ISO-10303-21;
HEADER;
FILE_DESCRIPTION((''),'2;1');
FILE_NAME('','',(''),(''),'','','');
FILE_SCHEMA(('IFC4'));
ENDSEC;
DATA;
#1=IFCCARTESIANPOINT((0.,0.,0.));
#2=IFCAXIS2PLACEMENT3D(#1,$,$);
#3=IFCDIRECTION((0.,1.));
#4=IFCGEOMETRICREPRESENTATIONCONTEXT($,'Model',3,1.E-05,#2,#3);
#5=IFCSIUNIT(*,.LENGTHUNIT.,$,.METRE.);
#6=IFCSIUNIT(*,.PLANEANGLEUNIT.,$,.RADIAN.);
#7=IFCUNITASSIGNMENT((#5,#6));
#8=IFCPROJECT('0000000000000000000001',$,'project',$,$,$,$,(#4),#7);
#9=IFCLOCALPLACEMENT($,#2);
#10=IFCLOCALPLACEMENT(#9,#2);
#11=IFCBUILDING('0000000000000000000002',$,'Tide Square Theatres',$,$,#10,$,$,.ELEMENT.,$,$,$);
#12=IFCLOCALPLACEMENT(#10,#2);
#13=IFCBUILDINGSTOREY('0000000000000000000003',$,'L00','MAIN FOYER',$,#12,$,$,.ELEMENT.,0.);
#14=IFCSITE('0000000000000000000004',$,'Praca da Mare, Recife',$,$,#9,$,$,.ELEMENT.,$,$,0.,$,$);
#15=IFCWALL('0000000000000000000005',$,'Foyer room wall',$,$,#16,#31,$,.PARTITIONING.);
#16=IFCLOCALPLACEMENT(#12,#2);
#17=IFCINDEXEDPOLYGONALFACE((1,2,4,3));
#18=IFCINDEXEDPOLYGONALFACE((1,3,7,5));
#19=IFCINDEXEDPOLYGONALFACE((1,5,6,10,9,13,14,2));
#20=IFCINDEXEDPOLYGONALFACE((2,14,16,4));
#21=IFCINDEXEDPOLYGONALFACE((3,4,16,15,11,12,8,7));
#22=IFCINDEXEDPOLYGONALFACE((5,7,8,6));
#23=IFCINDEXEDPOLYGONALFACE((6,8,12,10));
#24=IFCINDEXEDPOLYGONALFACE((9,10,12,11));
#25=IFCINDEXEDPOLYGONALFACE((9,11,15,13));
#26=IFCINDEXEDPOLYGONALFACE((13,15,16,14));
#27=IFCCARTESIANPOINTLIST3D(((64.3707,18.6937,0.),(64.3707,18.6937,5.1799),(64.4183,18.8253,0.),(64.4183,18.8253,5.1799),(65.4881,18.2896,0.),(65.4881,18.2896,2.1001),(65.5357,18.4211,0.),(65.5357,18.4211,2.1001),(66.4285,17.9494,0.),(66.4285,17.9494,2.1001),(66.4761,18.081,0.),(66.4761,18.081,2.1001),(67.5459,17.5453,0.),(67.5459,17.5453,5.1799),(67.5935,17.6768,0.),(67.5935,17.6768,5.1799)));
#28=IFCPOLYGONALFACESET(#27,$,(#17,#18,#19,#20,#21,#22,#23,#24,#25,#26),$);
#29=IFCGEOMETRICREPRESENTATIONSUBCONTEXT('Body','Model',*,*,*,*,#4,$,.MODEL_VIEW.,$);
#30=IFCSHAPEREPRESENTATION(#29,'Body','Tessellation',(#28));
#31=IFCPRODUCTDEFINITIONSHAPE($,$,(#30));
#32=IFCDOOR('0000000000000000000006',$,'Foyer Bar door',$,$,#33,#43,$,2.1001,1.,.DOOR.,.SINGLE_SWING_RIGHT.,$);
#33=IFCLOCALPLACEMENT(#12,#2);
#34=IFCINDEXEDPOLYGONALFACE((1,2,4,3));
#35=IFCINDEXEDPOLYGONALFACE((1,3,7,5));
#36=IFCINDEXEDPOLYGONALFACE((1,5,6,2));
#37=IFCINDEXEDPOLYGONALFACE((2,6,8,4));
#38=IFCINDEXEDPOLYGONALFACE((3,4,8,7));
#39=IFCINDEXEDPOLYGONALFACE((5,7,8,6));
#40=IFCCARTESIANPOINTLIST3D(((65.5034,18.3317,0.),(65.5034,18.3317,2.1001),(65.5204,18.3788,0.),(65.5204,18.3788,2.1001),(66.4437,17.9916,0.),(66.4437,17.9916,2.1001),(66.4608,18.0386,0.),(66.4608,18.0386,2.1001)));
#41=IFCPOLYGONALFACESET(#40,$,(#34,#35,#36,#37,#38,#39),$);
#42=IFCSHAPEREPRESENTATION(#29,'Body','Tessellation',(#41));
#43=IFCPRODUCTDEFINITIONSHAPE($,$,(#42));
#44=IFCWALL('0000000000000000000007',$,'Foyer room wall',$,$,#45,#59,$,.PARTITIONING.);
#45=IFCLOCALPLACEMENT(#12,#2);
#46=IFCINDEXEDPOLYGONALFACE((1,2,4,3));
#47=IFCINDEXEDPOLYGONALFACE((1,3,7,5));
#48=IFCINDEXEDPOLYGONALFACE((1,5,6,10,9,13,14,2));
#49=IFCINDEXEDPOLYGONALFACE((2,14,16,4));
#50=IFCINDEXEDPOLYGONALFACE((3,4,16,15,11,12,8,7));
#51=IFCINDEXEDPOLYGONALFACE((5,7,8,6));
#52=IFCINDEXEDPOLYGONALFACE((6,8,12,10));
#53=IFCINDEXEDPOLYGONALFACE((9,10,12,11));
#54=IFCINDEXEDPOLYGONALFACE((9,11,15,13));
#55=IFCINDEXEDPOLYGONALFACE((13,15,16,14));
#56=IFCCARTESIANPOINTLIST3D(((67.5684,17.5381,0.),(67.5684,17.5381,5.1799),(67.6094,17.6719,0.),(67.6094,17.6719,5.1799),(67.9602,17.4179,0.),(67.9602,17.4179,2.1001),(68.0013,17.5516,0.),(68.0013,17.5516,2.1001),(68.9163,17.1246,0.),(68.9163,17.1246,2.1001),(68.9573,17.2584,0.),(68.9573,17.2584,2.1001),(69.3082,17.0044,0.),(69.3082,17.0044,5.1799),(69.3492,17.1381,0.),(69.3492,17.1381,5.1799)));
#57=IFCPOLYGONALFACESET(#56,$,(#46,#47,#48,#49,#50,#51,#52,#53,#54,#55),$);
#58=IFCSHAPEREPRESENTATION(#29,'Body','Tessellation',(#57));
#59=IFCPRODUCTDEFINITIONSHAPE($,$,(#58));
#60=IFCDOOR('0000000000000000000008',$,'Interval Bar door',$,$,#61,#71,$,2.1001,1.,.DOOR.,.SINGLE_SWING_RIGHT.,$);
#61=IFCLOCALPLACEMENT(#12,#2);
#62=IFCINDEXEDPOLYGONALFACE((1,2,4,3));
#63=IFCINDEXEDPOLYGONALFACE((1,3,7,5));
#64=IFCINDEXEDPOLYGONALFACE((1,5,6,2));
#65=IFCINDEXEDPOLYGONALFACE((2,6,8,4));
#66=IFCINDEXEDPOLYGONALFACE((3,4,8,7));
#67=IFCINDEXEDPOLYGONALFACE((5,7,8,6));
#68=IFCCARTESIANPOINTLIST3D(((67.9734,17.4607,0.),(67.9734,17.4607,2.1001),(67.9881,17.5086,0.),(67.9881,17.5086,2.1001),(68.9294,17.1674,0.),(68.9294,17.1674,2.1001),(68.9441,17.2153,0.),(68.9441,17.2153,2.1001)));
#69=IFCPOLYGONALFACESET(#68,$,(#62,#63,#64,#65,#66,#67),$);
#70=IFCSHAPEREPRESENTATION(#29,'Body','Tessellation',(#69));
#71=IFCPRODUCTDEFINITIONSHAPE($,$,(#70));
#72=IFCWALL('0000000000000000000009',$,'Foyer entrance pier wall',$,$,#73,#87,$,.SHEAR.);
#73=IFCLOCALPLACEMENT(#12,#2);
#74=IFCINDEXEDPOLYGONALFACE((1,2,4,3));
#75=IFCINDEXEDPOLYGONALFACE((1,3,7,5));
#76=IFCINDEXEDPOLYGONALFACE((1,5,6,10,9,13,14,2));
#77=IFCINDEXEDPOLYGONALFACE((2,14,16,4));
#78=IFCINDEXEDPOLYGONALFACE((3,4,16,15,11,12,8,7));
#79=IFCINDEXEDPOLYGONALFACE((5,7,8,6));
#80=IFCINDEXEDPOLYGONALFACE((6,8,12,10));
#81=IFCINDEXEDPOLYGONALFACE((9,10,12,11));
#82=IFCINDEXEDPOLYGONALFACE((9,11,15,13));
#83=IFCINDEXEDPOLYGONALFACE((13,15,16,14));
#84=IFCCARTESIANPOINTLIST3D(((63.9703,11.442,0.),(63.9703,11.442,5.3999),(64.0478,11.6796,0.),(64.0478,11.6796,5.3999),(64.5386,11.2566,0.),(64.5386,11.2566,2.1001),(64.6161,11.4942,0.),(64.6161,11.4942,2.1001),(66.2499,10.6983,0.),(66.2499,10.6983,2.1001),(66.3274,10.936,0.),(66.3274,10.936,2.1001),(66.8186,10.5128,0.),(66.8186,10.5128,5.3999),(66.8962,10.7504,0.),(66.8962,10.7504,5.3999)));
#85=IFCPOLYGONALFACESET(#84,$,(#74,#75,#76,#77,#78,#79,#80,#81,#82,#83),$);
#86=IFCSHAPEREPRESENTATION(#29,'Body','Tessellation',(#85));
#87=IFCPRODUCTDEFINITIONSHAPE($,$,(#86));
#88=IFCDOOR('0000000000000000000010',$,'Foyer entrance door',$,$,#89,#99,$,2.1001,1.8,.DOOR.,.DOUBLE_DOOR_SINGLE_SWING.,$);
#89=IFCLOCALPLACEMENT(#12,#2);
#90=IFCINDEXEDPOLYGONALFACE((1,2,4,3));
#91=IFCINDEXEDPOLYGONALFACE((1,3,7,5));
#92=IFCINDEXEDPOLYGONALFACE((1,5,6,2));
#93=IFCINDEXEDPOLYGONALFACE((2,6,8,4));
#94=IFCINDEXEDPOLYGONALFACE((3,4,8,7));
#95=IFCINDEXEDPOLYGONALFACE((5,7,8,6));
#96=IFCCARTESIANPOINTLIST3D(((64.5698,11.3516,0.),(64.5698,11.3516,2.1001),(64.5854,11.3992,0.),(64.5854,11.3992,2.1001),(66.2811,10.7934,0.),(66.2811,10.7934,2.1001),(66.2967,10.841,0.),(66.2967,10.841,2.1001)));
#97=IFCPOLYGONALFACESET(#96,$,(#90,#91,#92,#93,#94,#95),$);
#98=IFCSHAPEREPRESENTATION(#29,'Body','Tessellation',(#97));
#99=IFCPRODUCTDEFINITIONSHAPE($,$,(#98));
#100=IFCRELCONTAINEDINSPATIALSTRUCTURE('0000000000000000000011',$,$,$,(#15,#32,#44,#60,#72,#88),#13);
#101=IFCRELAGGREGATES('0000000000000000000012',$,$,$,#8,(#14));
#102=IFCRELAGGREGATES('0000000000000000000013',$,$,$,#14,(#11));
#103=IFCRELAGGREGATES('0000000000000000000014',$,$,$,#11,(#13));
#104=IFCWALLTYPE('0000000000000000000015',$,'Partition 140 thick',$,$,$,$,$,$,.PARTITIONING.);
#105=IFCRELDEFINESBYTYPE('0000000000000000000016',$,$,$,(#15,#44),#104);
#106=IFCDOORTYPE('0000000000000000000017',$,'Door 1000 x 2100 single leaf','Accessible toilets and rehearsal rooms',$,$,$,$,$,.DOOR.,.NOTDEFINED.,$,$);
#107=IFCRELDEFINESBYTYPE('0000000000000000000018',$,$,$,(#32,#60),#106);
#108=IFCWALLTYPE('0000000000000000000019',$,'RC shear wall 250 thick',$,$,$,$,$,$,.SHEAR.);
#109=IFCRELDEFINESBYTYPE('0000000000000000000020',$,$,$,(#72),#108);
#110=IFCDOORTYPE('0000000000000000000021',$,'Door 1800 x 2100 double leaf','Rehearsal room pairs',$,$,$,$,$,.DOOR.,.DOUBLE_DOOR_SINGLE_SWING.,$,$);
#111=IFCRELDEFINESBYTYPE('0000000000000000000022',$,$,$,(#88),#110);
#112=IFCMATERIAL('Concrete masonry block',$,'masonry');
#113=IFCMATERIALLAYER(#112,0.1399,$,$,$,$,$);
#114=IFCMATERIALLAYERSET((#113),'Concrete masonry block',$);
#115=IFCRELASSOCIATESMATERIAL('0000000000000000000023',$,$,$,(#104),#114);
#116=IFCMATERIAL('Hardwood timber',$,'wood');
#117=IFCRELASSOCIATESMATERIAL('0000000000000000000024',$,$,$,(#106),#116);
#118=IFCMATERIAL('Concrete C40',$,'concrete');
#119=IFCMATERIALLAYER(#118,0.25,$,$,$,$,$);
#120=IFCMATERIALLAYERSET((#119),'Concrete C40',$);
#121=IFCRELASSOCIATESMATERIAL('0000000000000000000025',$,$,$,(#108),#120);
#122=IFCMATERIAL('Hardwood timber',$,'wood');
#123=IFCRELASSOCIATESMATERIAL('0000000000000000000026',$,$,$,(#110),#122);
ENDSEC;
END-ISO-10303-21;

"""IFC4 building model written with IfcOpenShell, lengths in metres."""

from ifc_helpers import new_model, si_unit, direction, frame, frame_2d, origin, place, context, subcontext, project, spatial, rectangle, extrude, material, layer, layer_set, type_object, element, fill, save


model = new_model("IFC4")

# Units and contexts
model_context = context("Model", 3, precision=1e-05, world=origin(), true_north=direction((0.0, 1.0)))
body_context = subcontext(model_context, "Body", "Model", "MODEL_VIEW")
ifc_project = project(units=[si_unit("LENGTHUNIT", "METRE"), si_unit("PLANEANGLEUNIT", "RADIAN")], contexts=[model_context])

# Site, building, storey
site_placement = place(None, origin())
site = spatial("IfcSite", under=ifc_project, at=site_placement, Name="Praca da Mare, Recife", CompositionType="ELEMENT", RefElevation=0.0)
building_placement = place(site_placement, origin())
building = spatial("IfcBuilding", under=site, at=building_placement, Name="Tide Square Theatres", CompositionType="ELEMENT")
storey_placement = place(building_placement, origin())
storey = spatial("IfcBuildingStorey", under=building, at=storey_placement, Name="L00", Description="MAIN FOYER", CompositionType="ELEMENT", Elevation=0.0)

# Shared definitions
ifc_material_1 = material(Name="Concrete masonry block", Category="masonry")
ifc_layer_1 = layer(ifc_material_1, 0.1399)
ifc_layer_set_1 = layer_set([ifc_layer_1], Name="Concrete masonry block")
wall_type_1 = type_object("IfcWallType", Name="Partition 140 thick", PredefinedType="PARTITIONING", material=ifc_layer_set_1)

# Walls, openings, doors
wall_1_placement = place(storey_placement, frame((64.3945, 18.7595, 0.0), z_axis=(0.0, 0.0, 1.0), x_axis=(0.940375, -0.34014, 0.0)))
wall_1 = element("IfcWall", 1, at=wall_1_placement, inside=storey, type_object=wall_type_1, Name="Foyer room wall", PredefinedType="PARTITIONING", context=body_context, shape_type="SweptSolid", body=[
    extrude(rectangle(XDim=3.3765, YDim=0.1399, at=frame_2d((1.6882, 0.0))), origin(), (0.0, 0.0, 1.0), 5.1799),
])
opening_1_placement = place(wall_1_placement, frame((1.1882, 0.0, 0.0)))
opening_1 = element("IfcOpeningElement", 2, at=opening_1_placement, cuts=wall_1, PredefinedType="OPENING", context=body_context, shape_type="SweptSolid", body=[
    extrude(rectangle(XDim=1.0, YDim=2.1001, at=frame_2d((0.5, 1.05))), frame((0.0, 0.0798, 0.0), z_axis=(0.0, -1.0, 0.0), x_axis=(1.0, 0.0, 0.0)), (0.0, 0.0, 1.0), 0.1599),
])
ifc_material_2 = material(Name="Hardwood timber", Category="wood")
door_type_1 = type_object("IfcDoorType", Name="Door 1000 x 2100 single leaf", Description="Accessible toilets and rehearsal rooms", OperationType="NOTDEFINED", PredefinedType="DOOR", material=ifc_material_2)
door_1_placement = place(opening_1_placement, origin())
door_1 = element("IfcDoor", 3, at=door_1_placement, inside=storey, type_object=door_type_1, Name="Foyer Bar door", OperationType="SINGLE_SWING_RIGHT", OverallHeight=2.1001, OverallWidth=1.0, PredefinedType="DOOR", context=body_context, shape_type="SweptSolid", body=[
    extrude(rectangle(XDim=1.0, YDim=2.1001, at=frame_2d((0.5, 1.05))), frame((0.0, 0.0249, 0.0), z_axis=(0.0, -1.0, 0.0), x_axis=(1.0, 0.0, 0.0)), (0.0, 0.0, 1.0), 0.05),
])
fill(opening_1, door_1)
wall_2_placement = place(storey_placement, frame((67.5889, 17.605, 0.0), z_axis=(0.0, 0.0, 1.0), x_axis=(0.956028, -0.293275, 0.0)))
wall_2 = element("IfcWall", 4, at=wall_2_placement, inside=storey, type_object=wall_type_1, Name="Foyer room wall", PredefinedType="PARTITIONING", context=body_context, shape_type="SweptSolid", body=[
    extrude(rectangle(XDim=1.8198, YDim=0.1399, at=frame_2d((0.9099, 0.0))), origin(), (0.0, 0.0, 1.0), 5.1799),
])
opening_2_placement = place(wall_2_placement, frame((0.4099, 0.0, 0.0)))
opening_2 = element("IfcOpeningElement", 5, at=opening_2_placement, cuts=wall_2, PredefinedType="OPENING", context=body_context, shape_type="SweptSolid", body=[
    extrude(rectangle(XDim=1.0, YDim=2.1001, at=frame_2d((0.5, 1.05))), frame((0.0, 0.0798, 0.0), z_axis=(0.0, -1.0, 0.0), x_axis=(1.0, 0.0, 0.0)), (0.0, 0.0, 1.0), 0.1599),
])
door_2_placement = place(opening_2_placement, origin())
door_2 = element("IfcDoor", 6, at=door_2_placement, inside=storey, type_object=door_type_1, Name="Interval Bar door", OperationType="SINGLE_SWING_RIGHT", OverallHeight=2.1001, OverallWidth=1.0, PredefinedType="DOOR", context=body_context, shape_type="SweptSolid", body=[
    extrude(rectangle(XDim=1.0, YDim=2.1001, at=frame_2d((0.5, 1.05))), frame((0.0, 0.0249, 0.0), z_axis=(0.0, -1.0, 0.0), x_axis=(1.0, 0.0, 0.0)), (0.0, 0.0, 1.0), 0.05),
])
fill(opening_2, door_2)
ifc_material_3 = material(Name="Concrete C40", Category="concrete")
ifc_layer_2 = layer(ifc_material_3, 0.25)
ifc_layer_set_2 = layer_set([ifc_layer_2], Name="Concrete C40")
wall_type_2 = type_object("IfcWallType", Name="RC shear wall 250 thick", PredefinedType="SHEAR", material=ifc_layer_set_2)
wall_3_placement = place(storey_placement, frame((64.009, 11.5608, 0.0), z_axis=(0.0, 0.0, 1.0), x_axis=(0.950693, -0.310134, 0.0)))
wall_3 = element("IfcWall", 7, at=wall_3_placement, inside=storey, type_object=wall_type_2, Name="Foyer entrance pier wall", PredefinedType="SHEAR", context=body_context, shape_type="SweptSolid", body=[
    extrude(rectangle(XDim=2.9961, YDim=0.25, at=frame_2d((1.498, 0.0))), origin(), (0.0, 0.0, 1.0), 5.3999),
])
opening_3_placement = place(wall_3_placement, frame((0.5979, 0.0, 0.0)))
opening_3 = element("IfcOpeningElement", 8, at=opening_3_placement, cuts=wall_3, PredefinedType="OPENING", context=body_context, shape_type="SweptSolid", body=[
    extrude(rectangle(XDim=1.8, YDim=2.1001, at=frame_2d((0.8999, 1.05))), frame((0.0, 0.135, 0.0), z_axis=(0.0, -1.0, 0.0), x_axis=(1.0, 0.0, 0.0)), (0.0, 0.0, 1.0), 0.27),
])
ifc_material_4 = material(Name="Hardwood timber", Category="wood")
door_type_2 = type_object("IfcDoorType", Name="Door 1800 x 2100 double leaf", Description="Rehearsal room pairs", OperationType="DOUBLE_DOOR_SINGLE_SWING", PredefinedType="DOOR", material=ifc_material_4)
door_3_placement = place(opening_3_placement, frame((1.8, 0.0, 0.0), z_axis=(0.0, 0.0, 1.0), x_axis=(-1.0, 0.0, 0.0)))
door_3 = element("IfcDoor", 9, at=door_3_placement, inside=storey, type_object=door_type_2, Name="Foyer entrance door", OperationType="DOUBLE_DOOR_SINGLE_SWING", OverallHeight=2.1001, OverallWidth=1.8, PredefinedType="DOOR", context=body_context, shape_type="SweptSolid", body=[
    extrude(rectangle(XDim=1.8, YDim=2.1001, at=frame_2d((0.8999, 1.05))), frame((0.0, 0.0249, 0.0), z_axis=(0.0, -1.0, 0.0), x_axis=(1.0, 0.0, 0.0)), (0.0, 0.0, 1.0), 0.05),
])
fill(opening_3, door_3)

save(model, "model.ifc")
